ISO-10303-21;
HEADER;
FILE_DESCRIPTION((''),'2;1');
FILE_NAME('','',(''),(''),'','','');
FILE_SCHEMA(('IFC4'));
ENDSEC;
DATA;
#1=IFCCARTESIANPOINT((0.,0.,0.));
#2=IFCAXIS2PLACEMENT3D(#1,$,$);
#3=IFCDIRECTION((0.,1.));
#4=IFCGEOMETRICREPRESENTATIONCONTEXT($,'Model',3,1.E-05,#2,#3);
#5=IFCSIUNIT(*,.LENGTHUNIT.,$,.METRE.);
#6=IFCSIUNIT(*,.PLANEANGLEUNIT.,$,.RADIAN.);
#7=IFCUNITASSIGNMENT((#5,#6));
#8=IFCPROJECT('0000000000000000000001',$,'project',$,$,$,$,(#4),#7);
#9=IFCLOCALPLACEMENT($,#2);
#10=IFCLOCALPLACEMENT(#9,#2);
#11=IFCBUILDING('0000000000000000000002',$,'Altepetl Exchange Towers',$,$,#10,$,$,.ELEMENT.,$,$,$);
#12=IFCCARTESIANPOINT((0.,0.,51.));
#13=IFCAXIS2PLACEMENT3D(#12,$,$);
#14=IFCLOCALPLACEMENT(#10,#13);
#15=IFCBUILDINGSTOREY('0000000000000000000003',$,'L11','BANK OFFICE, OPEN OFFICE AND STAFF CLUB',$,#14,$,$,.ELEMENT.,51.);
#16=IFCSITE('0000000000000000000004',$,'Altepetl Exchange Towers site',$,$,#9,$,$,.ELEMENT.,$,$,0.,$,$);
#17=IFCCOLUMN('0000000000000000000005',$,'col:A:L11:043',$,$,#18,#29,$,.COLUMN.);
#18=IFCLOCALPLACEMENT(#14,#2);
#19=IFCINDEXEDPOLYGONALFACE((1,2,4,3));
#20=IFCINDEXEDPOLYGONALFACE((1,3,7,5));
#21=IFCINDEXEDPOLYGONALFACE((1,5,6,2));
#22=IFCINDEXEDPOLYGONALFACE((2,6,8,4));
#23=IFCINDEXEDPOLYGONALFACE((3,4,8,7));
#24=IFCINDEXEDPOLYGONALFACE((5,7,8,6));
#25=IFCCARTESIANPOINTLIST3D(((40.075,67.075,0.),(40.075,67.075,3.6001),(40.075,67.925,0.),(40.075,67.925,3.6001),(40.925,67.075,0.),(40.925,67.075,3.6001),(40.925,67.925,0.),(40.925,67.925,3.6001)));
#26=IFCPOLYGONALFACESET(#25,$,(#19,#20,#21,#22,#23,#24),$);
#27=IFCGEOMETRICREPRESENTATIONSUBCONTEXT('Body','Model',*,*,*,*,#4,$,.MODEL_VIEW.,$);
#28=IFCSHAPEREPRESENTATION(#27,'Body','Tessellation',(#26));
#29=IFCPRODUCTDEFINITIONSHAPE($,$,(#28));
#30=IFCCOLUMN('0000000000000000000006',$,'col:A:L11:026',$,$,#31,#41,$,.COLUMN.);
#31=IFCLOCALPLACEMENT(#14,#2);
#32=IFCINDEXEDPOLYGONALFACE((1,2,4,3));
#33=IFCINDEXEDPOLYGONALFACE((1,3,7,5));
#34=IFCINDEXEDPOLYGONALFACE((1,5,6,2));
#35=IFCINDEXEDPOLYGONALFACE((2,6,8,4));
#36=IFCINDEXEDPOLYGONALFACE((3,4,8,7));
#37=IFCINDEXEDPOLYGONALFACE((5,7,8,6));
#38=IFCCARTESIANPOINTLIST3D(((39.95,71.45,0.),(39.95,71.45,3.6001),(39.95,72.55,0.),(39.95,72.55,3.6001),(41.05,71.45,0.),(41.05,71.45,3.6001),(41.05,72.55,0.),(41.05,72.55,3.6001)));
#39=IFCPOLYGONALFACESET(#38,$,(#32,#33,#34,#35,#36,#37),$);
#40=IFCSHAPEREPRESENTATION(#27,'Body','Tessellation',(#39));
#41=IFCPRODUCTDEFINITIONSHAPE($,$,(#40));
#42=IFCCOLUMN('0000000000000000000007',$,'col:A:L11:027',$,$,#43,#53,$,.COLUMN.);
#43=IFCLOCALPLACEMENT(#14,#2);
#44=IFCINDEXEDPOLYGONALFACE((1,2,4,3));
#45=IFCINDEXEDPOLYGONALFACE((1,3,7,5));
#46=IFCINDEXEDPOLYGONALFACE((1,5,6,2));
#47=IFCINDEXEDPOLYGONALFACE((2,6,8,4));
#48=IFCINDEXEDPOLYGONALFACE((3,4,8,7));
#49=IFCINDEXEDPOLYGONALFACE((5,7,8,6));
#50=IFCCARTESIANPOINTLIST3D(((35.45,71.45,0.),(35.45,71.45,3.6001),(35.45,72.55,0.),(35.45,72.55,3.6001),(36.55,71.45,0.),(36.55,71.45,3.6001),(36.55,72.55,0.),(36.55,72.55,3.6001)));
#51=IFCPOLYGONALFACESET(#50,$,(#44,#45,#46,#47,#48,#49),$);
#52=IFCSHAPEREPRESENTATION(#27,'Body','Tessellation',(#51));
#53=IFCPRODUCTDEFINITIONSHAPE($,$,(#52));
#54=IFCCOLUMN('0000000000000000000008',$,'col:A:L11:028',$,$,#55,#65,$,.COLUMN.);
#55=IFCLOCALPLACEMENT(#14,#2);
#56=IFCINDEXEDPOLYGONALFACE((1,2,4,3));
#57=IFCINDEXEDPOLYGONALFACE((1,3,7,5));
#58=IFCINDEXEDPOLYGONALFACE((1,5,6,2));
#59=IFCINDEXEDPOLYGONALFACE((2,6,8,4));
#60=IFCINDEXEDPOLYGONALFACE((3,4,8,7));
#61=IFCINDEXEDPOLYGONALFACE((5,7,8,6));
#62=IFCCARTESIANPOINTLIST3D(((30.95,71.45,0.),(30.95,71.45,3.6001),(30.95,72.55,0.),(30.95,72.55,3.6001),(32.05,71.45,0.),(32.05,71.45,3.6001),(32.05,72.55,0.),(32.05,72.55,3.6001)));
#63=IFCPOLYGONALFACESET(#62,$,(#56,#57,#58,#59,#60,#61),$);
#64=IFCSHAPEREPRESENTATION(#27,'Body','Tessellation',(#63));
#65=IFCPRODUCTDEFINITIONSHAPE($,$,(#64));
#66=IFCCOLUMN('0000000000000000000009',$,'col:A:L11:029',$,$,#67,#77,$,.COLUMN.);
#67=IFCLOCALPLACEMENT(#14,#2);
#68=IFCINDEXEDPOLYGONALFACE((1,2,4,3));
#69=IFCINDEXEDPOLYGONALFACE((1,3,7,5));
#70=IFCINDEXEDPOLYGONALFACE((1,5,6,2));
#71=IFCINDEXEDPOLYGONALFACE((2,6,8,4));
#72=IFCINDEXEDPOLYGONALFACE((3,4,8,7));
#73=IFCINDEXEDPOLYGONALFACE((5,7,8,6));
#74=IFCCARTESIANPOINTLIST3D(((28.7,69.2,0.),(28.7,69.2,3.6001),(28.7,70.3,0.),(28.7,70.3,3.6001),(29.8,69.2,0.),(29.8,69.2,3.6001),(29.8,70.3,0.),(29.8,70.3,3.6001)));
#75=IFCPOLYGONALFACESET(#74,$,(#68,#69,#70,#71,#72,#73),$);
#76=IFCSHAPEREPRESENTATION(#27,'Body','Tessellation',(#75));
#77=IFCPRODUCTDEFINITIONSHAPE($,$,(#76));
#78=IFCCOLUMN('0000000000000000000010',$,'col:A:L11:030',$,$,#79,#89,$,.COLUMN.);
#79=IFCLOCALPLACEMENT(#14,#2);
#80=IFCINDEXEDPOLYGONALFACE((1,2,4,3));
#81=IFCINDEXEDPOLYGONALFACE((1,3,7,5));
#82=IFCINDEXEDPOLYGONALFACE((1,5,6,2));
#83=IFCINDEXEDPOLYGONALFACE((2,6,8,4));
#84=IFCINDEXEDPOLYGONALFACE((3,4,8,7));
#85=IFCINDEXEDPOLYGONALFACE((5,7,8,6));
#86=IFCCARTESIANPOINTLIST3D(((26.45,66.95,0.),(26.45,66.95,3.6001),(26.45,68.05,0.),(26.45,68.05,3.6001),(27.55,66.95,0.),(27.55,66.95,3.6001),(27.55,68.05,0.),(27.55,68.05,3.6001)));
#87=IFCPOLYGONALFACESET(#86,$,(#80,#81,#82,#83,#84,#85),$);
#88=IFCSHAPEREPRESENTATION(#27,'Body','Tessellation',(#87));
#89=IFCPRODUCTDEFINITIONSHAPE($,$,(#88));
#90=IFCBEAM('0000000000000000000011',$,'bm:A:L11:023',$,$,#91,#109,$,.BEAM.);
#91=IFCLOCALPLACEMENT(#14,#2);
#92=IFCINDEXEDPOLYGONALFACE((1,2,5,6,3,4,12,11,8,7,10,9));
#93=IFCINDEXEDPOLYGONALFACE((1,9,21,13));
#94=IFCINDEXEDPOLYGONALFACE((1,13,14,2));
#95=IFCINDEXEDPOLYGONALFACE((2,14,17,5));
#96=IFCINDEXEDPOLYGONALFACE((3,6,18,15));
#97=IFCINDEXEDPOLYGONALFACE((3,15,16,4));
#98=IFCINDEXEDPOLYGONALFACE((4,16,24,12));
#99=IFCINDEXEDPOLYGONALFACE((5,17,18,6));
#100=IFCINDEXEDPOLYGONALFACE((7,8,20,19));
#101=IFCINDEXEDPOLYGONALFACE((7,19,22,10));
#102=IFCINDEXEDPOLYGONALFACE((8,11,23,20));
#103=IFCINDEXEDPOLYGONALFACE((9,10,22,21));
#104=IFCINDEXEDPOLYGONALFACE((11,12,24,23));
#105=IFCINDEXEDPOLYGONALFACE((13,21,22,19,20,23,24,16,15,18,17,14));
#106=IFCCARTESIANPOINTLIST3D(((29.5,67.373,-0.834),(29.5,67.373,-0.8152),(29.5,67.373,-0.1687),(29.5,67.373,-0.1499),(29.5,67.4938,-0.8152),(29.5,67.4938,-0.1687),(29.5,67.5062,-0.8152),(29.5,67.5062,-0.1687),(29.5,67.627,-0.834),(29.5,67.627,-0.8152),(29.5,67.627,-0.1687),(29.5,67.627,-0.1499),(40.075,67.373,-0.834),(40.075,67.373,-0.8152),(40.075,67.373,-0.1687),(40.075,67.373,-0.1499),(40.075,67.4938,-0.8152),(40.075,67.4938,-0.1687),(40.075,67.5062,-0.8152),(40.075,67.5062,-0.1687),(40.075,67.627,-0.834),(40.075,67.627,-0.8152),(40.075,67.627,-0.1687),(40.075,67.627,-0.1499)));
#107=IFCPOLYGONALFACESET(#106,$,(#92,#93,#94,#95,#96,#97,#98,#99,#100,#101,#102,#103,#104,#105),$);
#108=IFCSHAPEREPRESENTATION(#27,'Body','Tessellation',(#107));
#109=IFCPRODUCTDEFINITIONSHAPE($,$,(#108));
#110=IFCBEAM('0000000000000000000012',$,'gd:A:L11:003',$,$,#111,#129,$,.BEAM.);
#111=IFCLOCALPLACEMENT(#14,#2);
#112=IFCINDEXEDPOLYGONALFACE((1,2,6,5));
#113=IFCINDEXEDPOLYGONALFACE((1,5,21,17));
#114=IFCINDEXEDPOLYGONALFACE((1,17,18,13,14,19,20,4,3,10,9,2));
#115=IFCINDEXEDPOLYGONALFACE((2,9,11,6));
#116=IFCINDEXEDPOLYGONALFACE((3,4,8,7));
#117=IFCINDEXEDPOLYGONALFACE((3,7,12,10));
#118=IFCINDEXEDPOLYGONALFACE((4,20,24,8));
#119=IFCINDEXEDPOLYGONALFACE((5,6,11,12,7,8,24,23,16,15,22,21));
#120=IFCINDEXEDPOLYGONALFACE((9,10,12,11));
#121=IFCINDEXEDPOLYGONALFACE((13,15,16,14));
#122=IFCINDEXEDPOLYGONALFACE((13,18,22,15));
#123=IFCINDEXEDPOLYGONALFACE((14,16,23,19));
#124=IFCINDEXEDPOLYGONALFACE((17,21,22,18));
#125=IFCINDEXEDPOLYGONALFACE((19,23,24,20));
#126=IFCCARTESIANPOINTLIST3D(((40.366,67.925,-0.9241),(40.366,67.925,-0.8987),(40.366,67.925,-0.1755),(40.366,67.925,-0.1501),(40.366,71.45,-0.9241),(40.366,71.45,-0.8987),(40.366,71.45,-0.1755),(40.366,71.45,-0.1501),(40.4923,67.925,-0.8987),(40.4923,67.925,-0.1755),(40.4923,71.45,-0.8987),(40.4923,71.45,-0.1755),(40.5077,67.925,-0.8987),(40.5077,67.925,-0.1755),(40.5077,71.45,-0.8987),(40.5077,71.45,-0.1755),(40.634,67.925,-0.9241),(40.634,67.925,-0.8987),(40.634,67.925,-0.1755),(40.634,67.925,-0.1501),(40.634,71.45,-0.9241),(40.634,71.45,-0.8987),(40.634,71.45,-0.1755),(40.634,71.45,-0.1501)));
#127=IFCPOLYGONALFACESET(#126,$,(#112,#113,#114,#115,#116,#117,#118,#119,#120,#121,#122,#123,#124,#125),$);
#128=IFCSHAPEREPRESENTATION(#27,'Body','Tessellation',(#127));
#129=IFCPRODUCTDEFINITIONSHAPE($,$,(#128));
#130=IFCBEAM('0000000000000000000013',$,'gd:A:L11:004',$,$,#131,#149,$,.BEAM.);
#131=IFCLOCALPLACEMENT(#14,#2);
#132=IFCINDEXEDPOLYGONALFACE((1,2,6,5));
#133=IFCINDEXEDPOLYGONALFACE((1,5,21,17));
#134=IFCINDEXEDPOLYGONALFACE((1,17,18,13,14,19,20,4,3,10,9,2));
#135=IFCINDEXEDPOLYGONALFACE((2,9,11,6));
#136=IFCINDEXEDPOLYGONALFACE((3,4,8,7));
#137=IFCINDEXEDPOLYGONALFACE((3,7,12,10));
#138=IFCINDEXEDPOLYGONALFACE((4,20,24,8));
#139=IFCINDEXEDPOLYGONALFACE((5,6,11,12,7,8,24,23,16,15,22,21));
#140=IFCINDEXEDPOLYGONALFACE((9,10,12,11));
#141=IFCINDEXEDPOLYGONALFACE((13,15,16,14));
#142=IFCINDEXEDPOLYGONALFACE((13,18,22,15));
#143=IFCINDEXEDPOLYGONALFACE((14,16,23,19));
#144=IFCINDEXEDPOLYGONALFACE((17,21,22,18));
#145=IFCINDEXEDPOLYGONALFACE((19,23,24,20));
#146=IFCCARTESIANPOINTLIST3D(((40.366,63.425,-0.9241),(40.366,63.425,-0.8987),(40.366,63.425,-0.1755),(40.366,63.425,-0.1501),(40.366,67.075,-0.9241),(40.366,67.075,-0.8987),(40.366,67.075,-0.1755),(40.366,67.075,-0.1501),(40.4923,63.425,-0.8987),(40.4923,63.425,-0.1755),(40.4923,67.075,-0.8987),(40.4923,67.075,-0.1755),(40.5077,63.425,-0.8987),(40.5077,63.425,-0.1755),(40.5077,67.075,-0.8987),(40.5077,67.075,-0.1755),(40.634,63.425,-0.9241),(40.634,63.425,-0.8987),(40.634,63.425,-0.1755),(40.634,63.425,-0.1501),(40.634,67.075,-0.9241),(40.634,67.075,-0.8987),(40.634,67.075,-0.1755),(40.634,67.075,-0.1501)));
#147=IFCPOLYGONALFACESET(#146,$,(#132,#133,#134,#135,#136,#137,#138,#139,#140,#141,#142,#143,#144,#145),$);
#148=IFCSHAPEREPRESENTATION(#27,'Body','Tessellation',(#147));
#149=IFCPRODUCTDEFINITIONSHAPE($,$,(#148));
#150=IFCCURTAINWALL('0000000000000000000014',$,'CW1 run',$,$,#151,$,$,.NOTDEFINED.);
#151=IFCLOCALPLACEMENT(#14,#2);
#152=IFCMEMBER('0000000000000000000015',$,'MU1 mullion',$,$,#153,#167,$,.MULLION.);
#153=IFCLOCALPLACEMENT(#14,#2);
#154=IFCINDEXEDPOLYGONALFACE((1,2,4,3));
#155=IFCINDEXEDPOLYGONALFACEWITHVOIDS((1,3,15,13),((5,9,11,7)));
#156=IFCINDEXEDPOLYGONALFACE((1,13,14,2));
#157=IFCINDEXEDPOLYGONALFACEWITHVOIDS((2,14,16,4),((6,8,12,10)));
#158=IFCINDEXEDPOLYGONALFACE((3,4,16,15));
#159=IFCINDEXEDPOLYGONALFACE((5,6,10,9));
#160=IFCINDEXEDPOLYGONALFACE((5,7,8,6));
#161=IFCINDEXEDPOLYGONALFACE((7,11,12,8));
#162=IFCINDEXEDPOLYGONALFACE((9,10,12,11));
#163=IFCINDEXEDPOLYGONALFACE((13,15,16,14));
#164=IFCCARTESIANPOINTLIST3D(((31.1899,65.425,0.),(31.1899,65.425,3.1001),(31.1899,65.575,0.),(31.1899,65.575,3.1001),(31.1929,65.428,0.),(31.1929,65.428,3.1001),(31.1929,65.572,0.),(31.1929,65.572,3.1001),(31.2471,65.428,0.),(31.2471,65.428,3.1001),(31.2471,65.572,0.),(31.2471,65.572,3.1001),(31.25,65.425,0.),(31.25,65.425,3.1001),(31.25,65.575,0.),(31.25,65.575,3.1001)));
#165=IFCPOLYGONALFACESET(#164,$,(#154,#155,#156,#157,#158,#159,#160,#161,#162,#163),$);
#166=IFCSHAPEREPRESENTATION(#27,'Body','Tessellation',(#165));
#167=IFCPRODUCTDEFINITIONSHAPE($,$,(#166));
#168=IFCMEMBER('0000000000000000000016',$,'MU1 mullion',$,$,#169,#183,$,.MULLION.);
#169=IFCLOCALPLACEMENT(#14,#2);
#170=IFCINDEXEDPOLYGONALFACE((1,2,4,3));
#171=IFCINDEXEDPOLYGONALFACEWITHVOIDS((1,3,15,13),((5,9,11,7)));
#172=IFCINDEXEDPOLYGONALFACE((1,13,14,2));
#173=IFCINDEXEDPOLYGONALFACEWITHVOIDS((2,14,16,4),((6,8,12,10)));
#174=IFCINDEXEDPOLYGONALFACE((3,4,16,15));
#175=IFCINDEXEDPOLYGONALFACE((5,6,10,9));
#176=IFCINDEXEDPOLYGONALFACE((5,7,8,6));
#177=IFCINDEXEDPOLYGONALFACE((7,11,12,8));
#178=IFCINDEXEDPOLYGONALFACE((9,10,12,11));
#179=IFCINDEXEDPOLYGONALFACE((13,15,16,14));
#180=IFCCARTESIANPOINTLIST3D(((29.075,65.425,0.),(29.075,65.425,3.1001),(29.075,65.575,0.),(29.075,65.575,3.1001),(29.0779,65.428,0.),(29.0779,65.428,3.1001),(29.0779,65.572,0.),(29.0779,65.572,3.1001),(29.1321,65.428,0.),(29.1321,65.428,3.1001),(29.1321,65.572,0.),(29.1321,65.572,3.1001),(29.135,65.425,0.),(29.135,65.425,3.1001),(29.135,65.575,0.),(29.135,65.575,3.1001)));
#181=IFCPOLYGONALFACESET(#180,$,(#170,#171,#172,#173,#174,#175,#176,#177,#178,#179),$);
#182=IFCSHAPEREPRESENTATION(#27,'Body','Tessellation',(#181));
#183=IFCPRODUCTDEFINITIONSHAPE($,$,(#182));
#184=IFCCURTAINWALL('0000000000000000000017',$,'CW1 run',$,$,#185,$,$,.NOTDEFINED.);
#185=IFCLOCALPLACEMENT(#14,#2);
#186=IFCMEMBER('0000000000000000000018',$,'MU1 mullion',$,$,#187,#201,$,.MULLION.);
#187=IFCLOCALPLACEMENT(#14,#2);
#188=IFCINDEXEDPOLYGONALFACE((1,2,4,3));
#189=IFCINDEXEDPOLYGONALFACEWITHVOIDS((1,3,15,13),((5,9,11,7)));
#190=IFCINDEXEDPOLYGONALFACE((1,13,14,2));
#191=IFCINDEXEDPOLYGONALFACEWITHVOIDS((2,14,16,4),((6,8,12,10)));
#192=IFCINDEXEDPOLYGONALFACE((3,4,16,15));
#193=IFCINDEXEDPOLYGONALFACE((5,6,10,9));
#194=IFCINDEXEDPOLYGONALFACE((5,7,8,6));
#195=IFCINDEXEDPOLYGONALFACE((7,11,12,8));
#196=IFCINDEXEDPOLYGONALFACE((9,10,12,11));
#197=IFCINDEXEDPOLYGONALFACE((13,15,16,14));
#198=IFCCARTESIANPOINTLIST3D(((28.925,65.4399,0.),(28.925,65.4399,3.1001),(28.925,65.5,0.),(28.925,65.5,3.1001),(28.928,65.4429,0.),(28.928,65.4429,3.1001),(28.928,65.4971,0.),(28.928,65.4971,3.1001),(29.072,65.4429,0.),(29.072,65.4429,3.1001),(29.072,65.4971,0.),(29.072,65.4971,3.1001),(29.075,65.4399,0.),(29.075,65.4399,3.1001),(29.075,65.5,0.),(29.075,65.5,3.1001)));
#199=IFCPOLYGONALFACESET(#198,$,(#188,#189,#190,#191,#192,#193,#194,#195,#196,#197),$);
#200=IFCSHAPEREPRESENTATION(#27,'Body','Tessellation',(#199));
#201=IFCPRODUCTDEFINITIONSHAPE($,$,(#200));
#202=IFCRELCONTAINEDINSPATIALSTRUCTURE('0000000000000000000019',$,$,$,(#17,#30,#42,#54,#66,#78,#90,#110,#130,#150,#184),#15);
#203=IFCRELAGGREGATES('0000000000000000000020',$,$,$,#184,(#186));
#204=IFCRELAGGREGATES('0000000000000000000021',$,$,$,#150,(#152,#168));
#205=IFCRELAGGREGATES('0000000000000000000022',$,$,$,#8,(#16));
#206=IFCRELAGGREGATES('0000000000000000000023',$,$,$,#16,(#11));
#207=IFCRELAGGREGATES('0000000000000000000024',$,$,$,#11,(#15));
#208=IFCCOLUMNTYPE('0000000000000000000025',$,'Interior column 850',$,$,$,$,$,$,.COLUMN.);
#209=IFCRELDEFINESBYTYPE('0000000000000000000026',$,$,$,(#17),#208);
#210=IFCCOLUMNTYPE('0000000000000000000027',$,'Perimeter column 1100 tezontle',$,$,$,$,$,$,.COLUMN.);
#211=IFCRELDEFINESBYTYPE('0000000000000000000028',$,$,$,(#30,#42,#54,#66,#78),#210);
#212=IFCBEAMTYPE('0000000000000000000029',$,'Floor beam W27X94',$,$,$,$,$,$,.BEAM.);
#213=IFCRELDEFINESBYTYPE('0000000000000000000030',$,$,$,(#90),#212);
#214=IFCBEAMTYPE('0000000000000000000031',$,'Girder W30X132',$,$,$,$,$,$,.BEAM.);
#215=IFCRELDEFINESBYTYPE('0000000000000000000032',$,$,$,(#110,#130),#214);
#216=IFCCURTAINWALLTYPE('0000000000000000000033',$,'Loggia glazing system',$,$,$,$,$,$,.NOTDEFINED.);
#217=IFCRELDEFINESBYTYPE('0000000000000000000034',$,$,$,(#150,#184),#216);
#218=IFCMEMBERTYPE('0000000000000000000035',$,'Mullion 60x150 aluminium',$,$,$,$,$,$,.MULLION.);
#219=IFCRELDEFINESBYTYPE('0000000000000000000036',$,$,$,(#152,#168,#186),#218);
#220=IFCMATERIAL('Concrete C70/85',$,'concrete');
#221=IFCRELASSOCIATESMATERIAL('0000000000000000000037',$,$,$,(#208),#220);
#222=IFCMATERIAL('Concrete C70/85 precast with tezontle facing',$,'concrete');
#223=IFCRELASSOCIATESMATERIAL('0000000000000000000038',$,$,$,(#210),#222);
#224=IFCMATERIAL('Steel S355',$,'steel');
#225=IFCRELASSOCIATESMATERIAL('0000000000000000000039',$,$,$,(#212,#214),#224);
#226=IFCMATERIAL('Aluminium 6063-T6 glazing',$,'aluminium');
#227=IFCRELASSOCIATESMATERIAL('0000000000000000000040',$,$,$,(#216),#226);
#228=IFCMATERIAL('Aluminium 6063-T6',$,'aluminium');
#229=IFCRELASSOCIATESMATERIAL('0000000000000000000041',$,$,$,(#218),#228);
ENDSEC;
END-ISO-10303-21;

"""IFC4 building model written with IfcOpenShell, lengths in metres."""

from ifc_helpers import new_model, si_unit, direction, frame, origin, origin_2d, place, context, subcontext, project, spatial, rectangle, hollow_rectangle, i_section, extrude, material, material_profile, profile_set, type_object, element, aggregate, save


model = new_model("IFC4")

# Units and contexts
model_context = context("Model", 3, precision=1e-05, world=origin(), true_north=direction((0.0, 1.0)))
body_context = subcontext(model_context, "Body", "Model", "MODEL_VIEW")
ifc_project = project(units=[si_unit("LENGTHUNIT", "METRE"), si_unit("PLANEANGLEUNIT", "RADIAN")], contexts=[model_context])

# Site, building, storey
site_placement = place(None, origin())
site = spatial("IfcSite", under=ifc_project, at=site_placement, Name="Altepetl Exchange Towers site", CompositionType="ELEMENT", RefElevation=0.0)
building_placement = place(site_placement, origin())
building = spatial("IfcBuilding", under=site, at=building_placement, Name="Altepetl Exchange Towers", CompositionType="ELEMENT")
storey_placement = place(building_placement, frame((0.0, 0.0, 51.0)))
storey = spatial("IfcBuildingStorey", under=building, at=storey_placement, Name="L11", Description="BANK OFFICE, OPEN OFFICE AND STAFF CLUB", CompositionType="ELEMENT", Elevation=51.0)

# Columns
ifc_material_1 = material(Name="Concrete C70/85", Category="concrete")
ifc_material_profile_1 = material_profile(ifc_material_1, rectangle(XDim=0.8501, YDim=0.8501, at=origin_2d()), Name="850 x 850")
ifc_profile_set_1 = profile_set([ifc_material_profile_1], Name="Concrete C70/85")
column_type_1 = type_object("IfcColumnType", Name="Interior column 850", PredefinedType="COLUMN", material=ifc_profile_set_1)
column_placement = place(storey_placement, frame((40.5, 67.5, 0.0)))
element("IfcColumn", 1, at=column_placement, inside=storey, type_object=column_type_1, Name="col:A:L11:043", PredefinedType="COLUMN", context=body_context, shape_type="SweptSolid", body=[
    extrude(rectangle(XDim=0.8501, YDim=0.8501, at=origin_2d()), origin(), (0.0, 0.0, 1.0), 3.6001),
])
ifc_material_2 = material(Name="Concrete C70/85 precast with tezontle facing", Category="concrete")
ifc_material_profile_2 = material_profile(ifc_material_2, rectangle(XDim=1.1001, YDim=1.1001, at=origin_2d()), Name="1100 x 1100")
ifc_profile_set_2 = profile_set([ifc_material_profile_2], Name="Concrete C70/85 precast with tezontle facing")
column_type_2 = type_object("IfcColumnType", Name="Perimeter column 1100 tezontle", PredefinedType="COLUMN", material=ifc_profile_set_2)
for number, where, name in (
    (2, (40.5, 72.0, 0.0), "col:A:L11:026"),
    (3, (36.0, 72.0, 0.0), "col:A:L11:027"),
    (4, (31.5, 72.0, 0.0), "col:A:L11:028"),
    (5, (29.25, 69.75, 0.0), "col:A:L11:029"),
    (6, (27.0, 67.5, 0.0), "col:A:L11:030"),
):
    element("IfcColumn", number, at=place(storey_placement, frame(where)), inside=storey, type_object=column_type_2, Name=name, PredefinedType="COLUMN", context=body_context, shape_type="SweptSolid", body=[
        extrude(rectangle(XDim=1.1001, YDim=1.1001, at=origin_2d()), origin(), (0.0, 0.0, 1.0), 3.6001),
    ])

# Beams
ifc_material_3 = material(Name="Steel S355", Category="steel")
ifc_material_profile_3 = material_profile(ifc_material_3, i_section(OverallWidth=0.2539, OverallDepth=0.6841, WebThickness=0.0125, FlangeThickness=0.0188, at=origin_2d()), Name="W27X94")
ifc_profile_set_3 = profile_set([ifc_material_profile_3], Name="Steel S355")
beam_type_1 = type_object("IfcBeamType", Name="Floor beam W27X94", PredefinedType="BEAM", material=ifc_profile_set_3)
beam_1_placement = place(storey_placement, frame((29.5, 67.5, -0.4919), z_axis=(1.0, 0.0, 0.0), x_axis=(0.0, 1.0, 0.0)))
element("IfcBeam", 7, at=beam_1_placement, inside=storey, type_object=beam_type_1, Name="bm:A:L11:023", PredefinedType="BEAM", context=body_context, shape_type="SweptSolid", body=[
    extrude(i_section(OverallWidth=0.2539, OverallDepth=0.6841, WebThickness=0.0125, FlangeThickness=0.0188, at=origin_2d()), origin(), (0.0, 0.0, 1.0), 10.575),
])
ifc_material_profile_4 = material_profile(ifc_material_3, i_section(OverallWidth=0.2681, OverallDepth=0.7739, WebThickness=0.0154, FlangeThickness=0.0254, at=origin_2d()), Name="W30X132")
ifc_profile_set_4 = profile_set([ifc_material_profile_4], Name="Steel S355")
beam_type_2 = type_object("IfcBeamType", Name="Girder W30X132", PredefinedType="BEAM", material=ifc_profile_set_4)
beam_2_placement = place(storey_placement, frame((40.5, 71.45, -0.5371), z_axis=(0.0, -1.0, 0.0), x_axis=(1.0, 0.0, 0.0)))
element("IfcBeam", 8, at=beam_2_placement, inside=storey, type_object=beam_type_2, Name="gd:A:L11:003", PredefinedType="BEAM", context=body_context, shape_type="SweptSolid", body=[
    extrude(i_section(OverallWidth=0.2681, OverallDepth=0.7739, WebThickness=0.0154, FlangeThickness=0.0254, at=origin_2d()), origin(), (0.0, 0.0, 1.0), 3.5249),
])
beam_3_placement = place(storey_placement, frame((40.5, 67.075, -0.5371), z_axis=(0.0, -1.0, 0.0), x_axis=(1.0, 0.0, 0.0)))
element("IfcBeam", 9, at=beam_3_placement, inside=storey, type_object=beam_type_2, Name="gd:A:L11:004", PredefinedType="BEAM", context=body_context, shape_type="SweptSolid", body=[
    extrude(i_section(OverallWidth=0.2681, OverallDepth=0.7739, WebThickness=0.0154, FlangeThickness=0.0254, at=origin_2d()), origin(), (0.0, 0.0, 1.0), 3.6499),
])

# Curtain wall, members
ifc_material_4 = material(Name="Aluminium 6063-T6 glazing", Category="aluminium")
curtain_wall_type = type_object("IfcCurtainWallType", Name="Loggia glazing system", PredefinedType="NOTDEFINED", material=ifc_material_4)
curtain_wall_1_placement = place(storey_placement, origin())
curtain_wall_1 = element("IfcCurtainWall", 10, at=curtain_wall_1_placement, inside=storey, type_object=curtain_wall_type, Name="CW1 run", PredefinedType="NOTDEFINED")
ifc_material_5 = material(Name="Aluminium 6063-T6", Category="aluminium")
ifc_material_profile_5 = material_profile(ifc_material_5, hollow_rectangle(XDim=0.0601, YDim=0.1499, WallThickness=0.0029, at=origin_2d()), Name="Mullion 60x150 aluminium")
ifc_profile_set_5 = profile_set([ifc_material_profile_5], Name="Aluminium 6063-T6")
member_type = type_object("IfcMemberType", Name="Mullion 60x150 aluminium", PredefinedType="MULLION", material=ifc_profile_set_5)
member_1_placement = place(storey_placement, frame((31.22, 65.5, 0.0), z_axis=(0.0, 0.0, 1.0), x_axis=(-1.0, 0.0, 0.0)))
member_1 = element("IfcMember", 11, at=member_1_placement, type_object=member_type, Name="MU1 mullion", PredefinedType="MULLION", context=body_context, shape_type="SweptSolid", body=[
    extrude(hollow_rectangle(XDim=0.0601, YDim=0.1499, WallThickness=0.0029, at=origin_2d()), origin(), (0.0, 0.0, 1.0), 3.1001),
])
member_2_placement = place(storey_placement, frame((29.105, 65.5, 0.0), z_axis=(0.0, 0.0, 1.0), x_axis=(-1.0, 0.0, 0.0)))
member_2 = element("IfcMember", 12, at=member_2_placement, type_object=member_type, Name="MU1 mullion", PredefinedType="MULLION", context=body_context, shape_type="SweptSolid", body=[
    extrude(hollow_rectangle(XDim=0.0601, YDim=0.1499, WallThickness=0.0029, at=origin_2d()), origin(), (0.0, 0.0, 1.0), 3.1001),
])

# Curtain wall, member
curtain_wall_2_placement = place(storey_placement, origin())
curtain_wall_2 = element("IfcCurtainWall", 13, at=curtain_wall_2_placement, inside=storey, type_object=curtain_wall_type, Name="CW1 run", PredefinedType="NOTDEFINED")
member_3_placement = place(storey_placement, frame((29.0, 65.47, 0.0), z_axis=(0.0, 0.0, 1.0), x_axis=(0.0, -1.0, 0.0)))
member_3 = element("IfcMember", 14, at=member_3_placement, type_object=member_type, Name="MU1 mullion", PredefinedType="MULLION", context=body_context, shape_type="SweptSolid", body=[
    extrude(hollow_rectangle(XDim=0.0601, YDim=0.1499, WallThickness=0.0029, at=origin_2d()), origin(), (0.0, 0.0, 1.0), 3.1001),
])
aggregate(curtain_wall_2, [member_3])

aggregate(curtain_wall_1, [member_1, member_2])

save(model, "model.ifc")
